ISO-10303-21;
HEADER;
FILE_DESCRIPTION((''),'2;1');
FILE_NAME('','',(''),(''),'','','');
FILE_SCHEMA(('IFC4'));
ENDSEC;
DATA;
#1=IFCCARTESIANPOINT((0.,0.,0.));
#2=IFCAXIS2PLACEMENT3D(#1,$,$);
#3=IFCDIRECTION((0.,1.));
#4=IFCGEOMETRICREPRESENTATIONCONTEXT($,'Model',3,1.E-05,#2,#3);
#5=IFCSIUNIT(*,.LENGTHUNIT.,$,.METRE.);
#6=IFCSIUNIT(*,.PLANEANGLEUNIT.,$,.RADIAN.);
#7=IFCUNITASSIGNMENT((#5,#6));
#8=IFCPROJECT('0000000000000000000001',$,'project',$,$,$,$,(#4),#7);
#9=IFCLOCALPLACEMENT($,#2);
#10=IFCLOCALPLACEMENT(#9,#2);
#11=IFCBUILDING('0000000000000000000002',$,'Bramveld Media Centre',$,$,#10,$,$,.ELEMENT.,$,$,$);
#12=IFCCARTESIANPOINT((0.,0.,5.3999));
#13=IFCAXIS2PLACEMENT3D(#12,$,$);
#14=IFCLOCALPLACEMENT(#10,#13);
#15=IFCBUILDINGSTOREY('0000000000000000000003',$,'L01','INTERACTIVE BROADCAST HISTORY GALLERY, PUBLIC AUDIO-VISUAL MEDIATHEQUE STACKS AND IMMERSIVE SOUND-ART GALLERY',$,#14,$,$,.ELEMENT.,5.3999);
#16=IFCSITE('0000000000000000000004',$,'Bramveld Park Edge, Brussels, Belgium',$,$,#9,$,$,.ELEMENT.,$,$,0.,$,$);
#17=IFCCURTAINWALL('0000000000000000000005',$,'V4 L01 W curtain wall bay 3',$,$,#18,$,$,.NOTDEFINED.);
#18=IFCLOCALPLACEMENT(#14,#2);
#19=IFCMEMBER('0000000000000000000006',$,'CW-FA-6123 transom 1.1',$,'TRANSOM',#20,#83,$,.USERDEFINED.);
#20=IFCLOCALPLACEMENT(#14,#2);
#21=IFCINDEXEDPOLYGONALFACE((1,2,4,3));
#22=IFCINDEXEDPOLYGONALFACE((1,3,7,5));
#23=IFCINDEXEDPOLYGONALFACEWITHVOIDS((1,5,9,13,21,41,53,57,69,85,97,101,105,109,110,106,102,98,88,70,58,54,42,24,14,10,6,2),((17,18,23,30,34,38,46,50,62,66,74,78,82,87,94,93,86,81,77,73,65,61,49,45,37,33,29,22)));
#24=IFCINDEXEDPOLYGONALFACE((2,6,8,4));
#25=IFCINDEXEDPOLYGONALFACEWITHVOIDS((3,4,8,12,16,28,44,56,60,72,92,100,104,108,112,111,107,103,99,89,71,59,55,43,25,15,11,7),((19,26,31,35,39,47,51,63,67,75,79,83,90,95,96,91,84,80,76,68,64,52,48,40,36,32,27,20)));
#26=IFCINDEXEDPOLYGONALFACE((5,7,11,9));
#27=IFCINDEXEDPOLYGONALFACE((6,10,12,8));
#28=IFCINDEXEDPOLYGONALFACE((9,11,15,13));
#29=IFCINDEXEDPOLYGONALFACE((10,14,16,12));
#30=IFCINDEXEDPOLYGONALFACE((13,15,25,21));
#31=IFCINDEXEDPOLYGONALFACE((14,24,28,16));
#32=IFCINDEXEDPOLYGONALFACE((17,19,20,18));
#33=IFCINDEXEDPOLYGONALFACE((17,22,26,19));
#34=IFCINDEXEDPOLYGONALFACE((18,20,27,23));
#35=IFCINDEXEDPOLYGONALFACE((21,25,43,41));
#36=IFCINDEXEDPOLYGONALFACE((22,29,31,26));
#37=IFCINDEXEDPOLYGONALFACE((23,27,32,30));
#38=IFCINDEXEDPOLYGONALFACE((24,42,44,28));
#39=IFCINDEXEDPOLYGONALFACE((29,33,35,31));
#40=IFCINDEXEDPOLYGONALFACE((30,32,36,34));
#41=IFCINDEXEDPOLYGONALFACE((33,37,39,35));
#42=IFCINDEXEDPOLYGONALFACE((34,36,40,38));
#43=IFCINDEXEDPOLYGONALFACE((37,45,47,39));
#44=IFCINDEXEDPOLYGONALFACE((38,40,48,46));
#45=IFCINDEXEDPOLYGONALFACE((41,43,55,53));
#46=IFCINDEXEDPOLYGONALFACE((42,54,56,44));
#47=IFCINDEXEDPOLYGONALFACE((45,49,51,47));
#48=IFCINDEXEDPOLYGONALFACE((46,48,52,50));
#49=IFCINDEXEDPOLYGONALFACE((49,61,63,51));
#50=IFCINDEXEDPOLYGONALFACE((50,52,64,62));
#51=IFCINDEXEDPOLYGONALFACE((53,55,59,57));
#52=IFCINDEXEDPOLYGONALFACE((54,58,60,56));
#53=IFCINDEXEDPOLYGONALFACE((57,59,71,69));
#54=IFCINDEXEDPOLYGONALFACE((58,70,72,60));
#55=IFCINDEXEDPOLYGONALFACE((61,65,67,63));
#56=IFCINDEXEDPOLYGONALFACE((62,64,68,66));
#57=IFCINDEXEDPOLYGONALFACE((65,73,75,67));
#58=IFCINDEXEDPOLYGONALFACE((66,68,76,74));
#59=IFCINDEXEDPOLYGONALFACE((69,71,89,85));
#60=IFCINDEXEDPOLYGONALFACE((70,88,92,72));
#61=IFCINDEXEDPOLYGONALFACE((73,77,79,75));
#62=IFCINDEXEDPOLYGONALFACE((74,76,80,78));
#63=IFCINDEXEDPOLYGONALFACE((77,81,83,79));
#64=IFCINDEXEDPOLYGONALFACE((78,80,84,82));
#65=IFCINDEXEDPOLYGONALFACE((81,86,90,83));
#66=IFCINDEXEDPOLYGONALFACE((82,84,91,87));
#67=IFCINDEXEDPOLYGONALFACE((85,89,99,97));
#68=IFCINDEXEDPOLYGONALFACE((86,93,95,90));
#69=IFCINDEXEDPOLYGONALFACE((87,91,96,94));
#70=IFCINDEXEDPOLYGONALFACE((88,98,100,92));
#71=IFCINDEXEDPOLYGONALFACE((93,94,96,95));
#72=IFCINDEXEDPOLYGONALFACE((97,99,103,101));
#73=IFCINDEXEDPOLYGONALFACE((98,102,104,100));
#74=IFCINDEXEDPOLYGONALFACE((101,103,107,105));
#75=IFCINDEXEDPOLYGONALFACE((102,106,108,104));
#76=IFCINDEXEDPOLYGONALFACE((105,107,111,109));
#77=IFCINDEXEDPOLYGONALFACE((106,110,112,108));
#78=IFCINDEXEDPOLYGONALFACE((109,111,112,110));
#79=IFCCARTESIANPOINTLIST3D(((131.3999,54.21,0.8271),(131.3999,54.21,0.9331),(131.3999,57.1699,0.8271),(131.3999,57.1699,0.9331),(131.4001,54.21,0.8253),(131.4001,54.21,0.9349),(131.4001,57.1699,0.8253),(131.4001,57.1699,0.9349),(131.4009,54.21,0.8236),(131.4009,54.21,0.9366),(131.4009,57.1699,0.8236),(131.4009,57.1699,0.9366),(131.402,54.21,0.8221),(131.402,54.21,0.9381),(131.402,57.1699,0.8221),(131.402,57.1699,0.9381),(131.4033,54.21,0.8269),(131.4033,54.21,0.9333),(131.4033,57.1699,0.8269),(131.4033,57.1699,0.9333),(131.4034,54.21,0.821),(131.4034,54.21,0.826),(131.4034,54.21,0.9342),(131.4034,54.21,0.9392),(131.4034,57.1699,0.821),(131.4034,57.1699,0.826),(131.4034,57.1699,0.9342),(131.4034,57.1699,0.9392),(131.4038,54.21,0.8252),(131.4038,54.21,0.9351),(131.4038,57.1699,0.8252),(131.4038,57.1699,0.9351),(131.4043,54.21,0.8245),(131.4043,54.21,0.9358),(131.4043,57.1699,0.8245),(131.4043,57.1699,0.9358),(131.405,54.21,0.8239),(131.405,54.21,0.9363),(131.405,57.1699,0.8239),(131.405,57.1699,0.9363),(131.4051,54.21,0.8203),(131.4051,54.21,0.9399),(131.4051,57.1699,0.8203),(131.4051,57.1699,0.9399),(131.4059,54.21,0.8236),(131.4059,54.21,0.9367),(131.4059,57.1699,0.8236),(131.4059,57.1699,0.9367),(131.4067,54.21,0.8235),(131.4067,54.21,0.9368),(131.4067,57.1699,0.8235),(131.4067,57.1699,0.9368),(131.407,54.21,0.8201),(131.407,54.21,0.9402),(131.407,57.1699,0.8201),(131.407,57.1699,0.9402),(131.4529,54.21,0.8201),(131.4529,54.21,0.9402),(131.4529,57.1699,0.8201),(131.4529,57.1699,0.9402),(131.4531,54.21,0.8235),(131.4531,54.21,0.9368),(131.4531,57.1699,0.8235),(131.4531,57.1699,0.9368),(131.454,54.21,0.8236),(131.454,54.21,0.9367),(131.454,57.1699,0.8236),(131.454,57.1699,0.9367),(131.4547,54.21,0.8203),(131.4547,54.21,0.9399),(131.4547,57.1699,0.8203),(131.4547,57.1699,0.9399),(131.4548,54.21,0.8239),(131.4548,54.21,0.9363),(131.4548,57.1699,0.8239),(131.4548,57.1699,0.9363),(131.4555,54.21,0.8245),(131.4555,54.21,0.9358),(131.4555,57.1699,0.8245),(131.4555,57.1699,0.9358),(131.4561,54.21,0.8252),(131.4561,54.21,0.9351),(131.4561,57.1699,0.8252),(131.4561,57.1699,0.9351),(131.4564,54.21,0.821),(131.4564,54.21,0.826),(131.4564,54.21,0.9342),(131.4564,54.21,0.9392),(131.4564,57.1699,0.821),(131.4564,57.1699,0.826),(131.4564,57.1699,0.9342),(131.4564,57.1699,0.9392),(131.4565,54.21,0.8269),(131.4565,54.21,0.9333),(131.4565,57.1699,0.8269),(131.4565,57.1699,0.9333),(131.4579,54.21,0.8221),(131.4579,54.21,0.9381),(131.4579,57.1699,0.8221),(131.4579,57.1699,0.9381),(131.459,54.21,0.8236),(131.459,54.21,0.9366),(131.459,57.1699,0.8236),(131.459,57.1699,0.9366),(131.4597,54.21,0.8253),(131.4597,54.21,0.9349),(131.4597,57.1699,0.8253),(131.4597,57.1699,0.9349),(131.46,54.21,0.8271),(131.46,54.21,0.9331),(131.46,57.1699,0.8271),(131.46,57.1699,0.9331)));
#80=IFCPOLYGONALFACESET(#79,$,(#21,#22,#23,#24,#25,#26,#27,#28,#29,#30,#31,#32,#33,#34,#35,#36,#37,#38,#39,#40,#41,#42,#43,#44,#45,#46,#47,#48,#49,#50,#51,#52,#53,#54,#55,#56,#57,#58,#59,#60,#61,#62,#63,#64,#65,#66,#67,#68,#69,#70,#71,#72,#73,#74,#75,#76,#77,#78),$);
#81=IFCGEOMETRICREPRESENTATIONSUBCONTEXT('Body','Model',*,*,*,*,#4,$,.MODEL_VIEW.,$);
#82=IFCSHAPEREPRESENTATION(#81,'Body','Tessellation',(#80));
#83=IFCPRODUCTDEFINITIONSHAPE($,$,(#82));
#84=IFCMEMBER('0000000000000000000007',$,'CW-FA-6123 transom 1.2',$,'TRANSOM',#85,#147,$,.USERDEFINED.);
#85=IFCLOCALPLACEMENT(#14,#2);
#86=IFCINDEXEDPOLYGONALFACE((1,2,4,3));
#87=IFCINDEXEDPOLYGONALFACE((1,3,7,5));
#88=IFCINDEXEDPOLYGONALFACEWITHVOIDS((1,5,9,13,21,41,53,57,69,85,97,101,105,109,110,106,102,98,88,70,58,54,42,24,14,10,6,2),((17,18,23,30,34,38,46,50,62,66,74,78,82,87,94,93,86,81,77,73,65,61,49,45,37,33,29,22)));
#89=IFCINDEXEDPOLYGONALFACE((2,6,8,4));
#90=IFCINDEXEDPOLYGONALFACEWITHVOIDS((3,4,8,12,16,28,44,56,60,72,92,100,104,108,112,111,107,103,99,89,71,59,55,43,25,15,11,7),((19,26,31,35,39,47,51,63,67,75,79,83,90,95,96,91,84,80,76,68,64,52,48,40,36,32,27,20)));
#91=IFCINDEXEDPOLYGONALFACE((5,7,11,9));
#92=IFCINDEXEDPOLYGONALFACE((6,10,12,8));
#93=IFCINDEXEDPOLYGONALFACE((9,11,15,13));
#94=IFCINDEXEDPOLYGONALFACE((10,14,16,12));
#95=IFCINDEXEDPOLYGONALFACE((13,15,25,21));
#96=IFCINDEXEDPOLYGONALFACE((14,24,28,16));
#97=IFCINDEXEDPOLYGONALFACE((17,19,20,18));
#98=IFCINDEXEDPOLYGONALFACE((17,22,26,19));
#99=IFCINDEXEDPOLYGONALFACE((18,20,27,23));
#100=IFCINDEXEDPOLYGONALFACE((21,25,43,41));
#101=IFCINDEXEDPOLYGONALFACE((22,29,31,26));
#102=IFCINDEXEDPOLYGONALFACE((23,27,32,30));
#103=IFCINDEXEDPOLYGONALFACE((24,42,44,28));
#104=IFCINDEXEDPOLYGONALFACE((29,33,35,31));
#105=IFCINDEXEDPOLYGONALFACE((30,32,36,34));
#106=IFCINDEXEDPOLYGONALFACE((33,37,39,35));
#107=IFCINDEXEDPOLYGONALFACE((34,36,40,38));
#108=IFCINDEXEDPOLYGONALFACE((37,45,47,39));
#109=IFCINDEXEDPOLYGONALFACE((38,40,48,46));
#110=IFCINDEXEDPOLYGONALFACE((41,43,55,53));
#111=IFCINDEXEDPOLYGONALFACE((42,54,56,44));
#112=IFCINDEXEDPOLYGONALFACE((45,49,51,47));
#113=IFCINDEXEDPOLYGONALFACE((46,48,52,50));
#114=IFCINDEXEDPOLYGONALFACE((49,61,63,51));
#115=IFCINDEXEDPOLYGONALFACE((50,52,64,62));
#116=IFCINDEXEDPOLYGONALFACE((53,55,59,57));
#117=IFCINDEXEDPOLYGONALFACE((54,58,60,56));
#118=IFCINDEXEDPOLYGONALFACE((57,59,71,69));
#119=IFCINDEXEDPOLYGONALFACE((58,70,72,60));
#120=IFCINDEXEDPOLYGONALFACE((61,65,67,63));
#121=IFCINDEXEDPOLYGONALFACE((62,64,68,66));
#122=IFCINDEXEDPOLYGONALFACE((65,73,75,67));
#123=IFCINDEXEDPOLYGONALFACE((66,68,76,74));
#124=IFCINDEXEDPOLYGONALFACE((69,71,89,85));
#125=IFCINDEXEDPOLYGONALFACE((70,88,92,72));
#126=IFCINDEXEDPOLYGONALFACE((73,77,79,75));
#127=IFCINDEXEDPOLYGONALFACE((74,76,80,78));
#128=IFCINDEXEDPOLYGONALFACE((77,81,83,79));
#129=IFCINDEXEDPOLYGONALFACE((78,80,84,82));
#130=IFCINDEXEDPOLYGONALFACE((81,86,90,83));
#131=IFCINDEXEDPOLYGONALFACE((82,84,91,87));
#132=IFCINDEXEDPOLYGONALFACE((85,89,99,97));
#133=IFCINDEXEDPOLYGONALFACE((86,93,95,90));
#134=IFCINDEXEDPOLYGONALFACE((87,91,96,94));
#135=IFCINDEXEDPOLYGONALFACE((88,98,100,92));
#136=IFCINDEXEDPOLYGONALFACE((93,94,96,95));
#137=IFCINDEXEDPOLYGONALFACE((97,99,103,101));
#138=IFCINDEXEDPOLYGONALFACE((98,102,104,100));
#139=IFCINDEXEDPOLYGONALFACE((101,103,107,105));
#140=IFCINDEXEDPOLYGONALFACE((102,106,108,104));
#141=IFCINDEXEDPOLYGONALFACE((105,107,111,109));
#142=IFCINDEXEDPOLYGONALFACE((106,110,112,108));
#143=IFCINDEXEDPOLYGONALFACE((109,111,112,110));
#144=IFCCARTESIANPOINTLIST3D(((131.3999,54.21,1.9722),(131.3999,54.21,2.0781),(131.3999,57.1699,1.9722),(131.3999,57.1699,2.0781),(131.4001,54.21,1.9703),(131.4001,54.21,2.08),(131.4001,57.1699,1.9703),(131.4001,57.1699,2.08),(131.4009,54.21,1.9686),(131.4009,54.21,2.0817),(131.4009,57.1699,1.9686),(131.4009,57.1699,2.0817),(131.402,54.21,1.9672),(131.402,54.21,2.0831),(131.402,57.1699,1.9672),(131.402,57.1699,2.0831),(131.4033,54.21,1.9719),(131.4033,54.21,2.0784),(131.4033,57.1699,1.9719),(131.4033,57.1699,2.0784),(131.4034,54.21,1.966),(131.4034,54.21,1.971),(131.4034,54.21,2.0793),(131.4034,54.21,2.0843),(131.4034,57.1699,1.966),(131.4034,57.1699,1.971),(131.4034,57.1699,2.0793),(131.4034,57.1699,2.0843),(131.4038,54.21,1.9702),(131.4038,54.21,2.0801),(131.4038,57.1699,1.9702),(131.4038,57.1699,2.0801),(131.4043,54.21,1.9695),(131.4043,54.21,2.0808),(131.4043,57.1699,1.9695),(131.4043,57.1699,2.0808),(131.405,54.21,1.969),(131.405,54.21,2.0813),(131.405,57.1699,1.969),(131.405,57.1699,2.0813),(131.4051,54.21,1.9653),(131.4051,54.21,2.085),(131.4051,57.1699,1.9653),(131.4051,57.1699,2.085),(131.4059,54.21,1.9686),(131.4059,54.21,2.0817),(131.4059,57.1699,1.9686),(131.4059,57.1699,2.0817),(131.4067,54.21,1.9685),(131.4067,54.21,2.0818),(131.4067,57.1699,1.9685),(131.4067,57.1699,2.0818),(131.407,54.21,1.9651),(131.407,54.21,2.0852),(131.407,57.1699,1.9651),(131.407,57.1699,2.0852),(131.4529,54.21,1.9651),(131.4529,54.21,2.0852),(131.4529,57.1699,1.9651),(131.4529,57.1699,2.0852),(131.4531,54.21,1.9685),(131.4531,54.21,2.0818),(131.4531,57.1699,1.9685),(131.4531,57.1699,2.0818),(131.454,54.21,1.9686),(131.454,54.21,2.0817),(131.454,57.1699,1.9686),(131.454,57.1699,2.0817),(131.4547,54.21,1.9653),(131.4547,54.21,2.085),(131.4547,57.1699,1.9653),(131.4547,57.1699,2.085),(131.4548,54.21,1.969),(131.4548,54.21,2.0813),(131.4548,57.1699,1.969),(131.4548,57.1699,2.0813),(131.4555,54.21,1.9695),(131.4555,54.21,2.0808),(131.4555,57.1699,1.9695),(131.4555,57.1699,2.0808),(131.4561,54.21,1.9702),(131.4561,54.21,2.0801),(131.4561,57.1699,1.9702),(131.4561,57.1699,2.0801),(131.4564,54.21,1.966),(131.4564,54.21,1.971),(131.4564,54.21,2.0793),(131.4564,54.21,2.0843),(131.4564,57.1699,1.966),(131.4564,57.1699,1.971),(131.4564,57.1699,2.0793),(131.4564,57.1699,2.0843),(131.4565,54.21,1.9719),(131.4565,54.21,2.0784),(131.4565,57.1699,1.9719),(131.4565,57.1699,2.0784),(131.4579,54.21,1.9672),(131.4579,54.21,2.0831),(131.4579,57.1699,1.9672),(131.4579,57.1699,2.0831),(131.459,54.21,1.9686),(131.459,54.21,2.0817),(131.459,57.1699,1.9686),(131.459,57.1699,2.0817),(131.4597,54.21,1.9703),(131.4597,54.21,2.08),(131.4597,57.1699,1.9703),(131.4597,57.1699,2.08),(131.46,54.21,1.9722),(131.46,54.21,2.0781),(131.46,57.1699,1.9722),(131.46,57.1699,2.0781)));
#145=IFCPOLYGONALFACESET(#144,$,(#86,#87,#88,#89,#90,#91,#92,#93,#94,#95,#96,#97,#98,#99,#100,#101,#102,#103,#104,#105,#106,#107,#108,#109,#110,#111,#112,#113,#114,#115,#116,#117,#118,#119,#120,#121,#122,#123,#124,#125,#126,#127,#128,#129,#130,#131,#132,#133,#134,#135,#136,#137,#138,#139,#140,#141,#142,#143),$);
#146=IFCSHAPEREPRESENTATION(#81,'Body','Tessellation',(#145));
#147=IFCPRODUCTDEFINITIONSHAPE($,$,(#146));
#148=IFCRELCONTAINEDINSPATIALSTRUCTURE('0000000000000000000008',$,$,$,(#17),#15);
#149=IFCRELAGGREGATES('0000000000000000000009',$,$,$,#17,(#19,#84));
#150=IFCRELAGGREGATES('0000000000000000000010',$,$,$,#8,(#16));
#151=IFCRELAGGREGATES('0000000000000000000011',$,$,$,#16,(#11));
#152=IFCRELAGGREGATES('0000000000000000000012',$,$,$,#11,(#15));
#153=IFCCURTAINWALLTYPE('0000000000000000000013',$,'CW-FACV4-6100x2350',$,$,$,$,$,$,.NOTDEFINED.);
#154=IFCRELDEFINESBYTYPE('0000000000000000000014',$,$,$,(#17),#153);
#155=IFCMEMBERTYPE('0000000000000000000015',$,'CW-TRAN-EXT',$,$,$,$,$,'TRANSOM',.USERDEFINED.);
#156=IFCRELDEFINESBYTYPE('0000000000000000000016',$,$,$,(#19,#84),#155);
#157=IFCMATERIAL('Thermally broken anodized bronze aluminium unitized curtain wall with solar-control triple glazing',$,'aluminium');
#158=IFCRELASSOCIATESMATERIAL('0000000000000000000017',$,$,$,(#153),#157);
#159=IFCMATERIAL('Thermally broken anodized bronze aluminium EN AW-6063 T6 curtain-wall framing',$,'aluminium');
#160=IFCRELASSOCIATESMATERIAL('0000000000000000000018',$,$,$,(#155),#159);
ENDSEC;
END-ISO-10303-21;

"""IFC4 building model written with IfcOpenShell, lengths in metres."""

from ifc_helpers import new_model, si_unit, direction, frame, origin, origin_2d, place, context, subcontext, project, spatial, hollow_rectangle, extrude, material, material_profile, profile_set, type_object, element, aggregate, save


model = new_model("IFC4")

# Units and contexts
model_context = context("Model", 3, precision=1e-05, world=origin(), true_north=direction((0.0, 1.0)))
body_context = subcontext(model_context, "Body", "Model", "MODEL_VIEW")
ifc_project = project(units=[si_unit("LENGTHUNIT", "METRE"), si_unit("PLANEANGLEUNIT", "RADIAN")], contexts=[model_context])

# Site, building, storey
site_placement = place(None, origin())
site = spatial("IfcSite", under=ifc_project, at=site_placement, Name="Bramveld Park Edge, Brussels, Belgium", CompositionType="ELEMENT", RefElevation=0.0)
building_placement = place(site_placement, origin())
building = spatial("IfcBuilding", under=site, at=building_placement, Name="Bramveld Media Centre", CompositionType="ELEMENT")
storey_placement = place(building_placement, frame((0.0, 0.0, 5.3999)))
storey = spatial("IfcBuildingStorey", under=building, at=storey_placement, Name="L01", Description="INTERACTIVE BROADCAST HISTORY GALLERY, PUBLIC AUDIO-VISUAL MEDIATHEQUE STACKS AND IMMERSIVE SOUND-ART GALLERY", CompositionType="ELEMENT", Elevation=5.3999)

# Curtain wall
ifc_material_1 = material(Name="Thermally broken anodized bronze aluminium unitized curtain wall with solar-control triple glazing", Category="aluminium")
curtain_wall_type = type_object("IfcCurtainWallType", Name="CW-FACV4-6100x2350", PredefinedType="NOTDEFINED", material=ifc_material_1)
curtain_wall_1_placement = place(storey_placement, origin())
curtain_wall_1 = element("IfcCurtainWall", 1, at=curtain_wall_1_placement, inside=storey, type_object=curtain_wall_type, Name="V4 L01 W curtain wall bay 3", PredefinedType="NOTDEFINED")

# Members
ifc_material_2 = material(Name="Thermally broken anodized bronze aluminium EN AW-6063 T6 curtain-wall framing", Category="aluminium")
ifc_material_profile_1 = material_profile(ifc_material_2, hollow_rectangle(XDim=0.0601, YDim=0.1201, WallThickness=0.0034, InnerFilletRadius=0.0034, OuterFilletRadius=0.0071, at=origin_2d()), Name="AL-TRAN 60x120")
ifc_profile_set_1 = profile_set([ifc_material_profile_1], Name="Thermally broken anodized bronze aluminium EN AW-6063 T6 curtain-wall framing")
member_type_1 = type_object("IfcMemberType", Name="CW-TRAN-EXT", ElementType="TRANSOM", PredefinedType="USERDEFINED", material=ifc_profile_set_1)
member_1_placement = place(storey_placement, frame((131.4299, 54.21, 0.8801), z_axis=(0.0, 1.0, 0.0), x_axis=(-1.0, 0.0, 0.0)))
member_1 = element("IfcMember", 2, at=member_1_placement, type_object=member_type_1, Name="CW-FA-6123 transom 1.1", ObjectType="TRANSOM", PredefinedType="USERDEFINED", context=body_context, shape_type="SweptSolid", body=[
    extrude(hollow_rectangle(XDim=0.0601, YDim=0.1201, WallThickness=0.0034, InnerFilletRadius=0.0034, OuterFilletRadius=0.0071, at=origin_2d()), origin(), (0.0, 0.0, 1.0), 2.96),
])
member_2_placement = place(storey_placement, frame((131.4299, 54.21, 2.0251), z_axis=(0.0, 1.0, 0.0), x_axis=(-1.0, 0.0, 0.0)))
member_2 = element("IfcMember", 3, at=member_2_placement, type_object=member_type_1, Name="CW-FA-6123 transom 1.2", ObjectType="TRANSOM", PredefinedType="USERDEFINED", context=body_context, shape_type="SweptSolid", body=[
    extrude(hollow_rectangle(XDim=0.0601, YDim=0.1201, WallThickness=0.0034, InnerFilletRadius=0.0034, OuterFilletRadius=0.0071, at=origin_2d()), origin(), (0.0, 0.0, 1.0), 2.96),
])

aggregate(curtain_wall_1, [member_1, member_2])

save(model, "model.ifc")
